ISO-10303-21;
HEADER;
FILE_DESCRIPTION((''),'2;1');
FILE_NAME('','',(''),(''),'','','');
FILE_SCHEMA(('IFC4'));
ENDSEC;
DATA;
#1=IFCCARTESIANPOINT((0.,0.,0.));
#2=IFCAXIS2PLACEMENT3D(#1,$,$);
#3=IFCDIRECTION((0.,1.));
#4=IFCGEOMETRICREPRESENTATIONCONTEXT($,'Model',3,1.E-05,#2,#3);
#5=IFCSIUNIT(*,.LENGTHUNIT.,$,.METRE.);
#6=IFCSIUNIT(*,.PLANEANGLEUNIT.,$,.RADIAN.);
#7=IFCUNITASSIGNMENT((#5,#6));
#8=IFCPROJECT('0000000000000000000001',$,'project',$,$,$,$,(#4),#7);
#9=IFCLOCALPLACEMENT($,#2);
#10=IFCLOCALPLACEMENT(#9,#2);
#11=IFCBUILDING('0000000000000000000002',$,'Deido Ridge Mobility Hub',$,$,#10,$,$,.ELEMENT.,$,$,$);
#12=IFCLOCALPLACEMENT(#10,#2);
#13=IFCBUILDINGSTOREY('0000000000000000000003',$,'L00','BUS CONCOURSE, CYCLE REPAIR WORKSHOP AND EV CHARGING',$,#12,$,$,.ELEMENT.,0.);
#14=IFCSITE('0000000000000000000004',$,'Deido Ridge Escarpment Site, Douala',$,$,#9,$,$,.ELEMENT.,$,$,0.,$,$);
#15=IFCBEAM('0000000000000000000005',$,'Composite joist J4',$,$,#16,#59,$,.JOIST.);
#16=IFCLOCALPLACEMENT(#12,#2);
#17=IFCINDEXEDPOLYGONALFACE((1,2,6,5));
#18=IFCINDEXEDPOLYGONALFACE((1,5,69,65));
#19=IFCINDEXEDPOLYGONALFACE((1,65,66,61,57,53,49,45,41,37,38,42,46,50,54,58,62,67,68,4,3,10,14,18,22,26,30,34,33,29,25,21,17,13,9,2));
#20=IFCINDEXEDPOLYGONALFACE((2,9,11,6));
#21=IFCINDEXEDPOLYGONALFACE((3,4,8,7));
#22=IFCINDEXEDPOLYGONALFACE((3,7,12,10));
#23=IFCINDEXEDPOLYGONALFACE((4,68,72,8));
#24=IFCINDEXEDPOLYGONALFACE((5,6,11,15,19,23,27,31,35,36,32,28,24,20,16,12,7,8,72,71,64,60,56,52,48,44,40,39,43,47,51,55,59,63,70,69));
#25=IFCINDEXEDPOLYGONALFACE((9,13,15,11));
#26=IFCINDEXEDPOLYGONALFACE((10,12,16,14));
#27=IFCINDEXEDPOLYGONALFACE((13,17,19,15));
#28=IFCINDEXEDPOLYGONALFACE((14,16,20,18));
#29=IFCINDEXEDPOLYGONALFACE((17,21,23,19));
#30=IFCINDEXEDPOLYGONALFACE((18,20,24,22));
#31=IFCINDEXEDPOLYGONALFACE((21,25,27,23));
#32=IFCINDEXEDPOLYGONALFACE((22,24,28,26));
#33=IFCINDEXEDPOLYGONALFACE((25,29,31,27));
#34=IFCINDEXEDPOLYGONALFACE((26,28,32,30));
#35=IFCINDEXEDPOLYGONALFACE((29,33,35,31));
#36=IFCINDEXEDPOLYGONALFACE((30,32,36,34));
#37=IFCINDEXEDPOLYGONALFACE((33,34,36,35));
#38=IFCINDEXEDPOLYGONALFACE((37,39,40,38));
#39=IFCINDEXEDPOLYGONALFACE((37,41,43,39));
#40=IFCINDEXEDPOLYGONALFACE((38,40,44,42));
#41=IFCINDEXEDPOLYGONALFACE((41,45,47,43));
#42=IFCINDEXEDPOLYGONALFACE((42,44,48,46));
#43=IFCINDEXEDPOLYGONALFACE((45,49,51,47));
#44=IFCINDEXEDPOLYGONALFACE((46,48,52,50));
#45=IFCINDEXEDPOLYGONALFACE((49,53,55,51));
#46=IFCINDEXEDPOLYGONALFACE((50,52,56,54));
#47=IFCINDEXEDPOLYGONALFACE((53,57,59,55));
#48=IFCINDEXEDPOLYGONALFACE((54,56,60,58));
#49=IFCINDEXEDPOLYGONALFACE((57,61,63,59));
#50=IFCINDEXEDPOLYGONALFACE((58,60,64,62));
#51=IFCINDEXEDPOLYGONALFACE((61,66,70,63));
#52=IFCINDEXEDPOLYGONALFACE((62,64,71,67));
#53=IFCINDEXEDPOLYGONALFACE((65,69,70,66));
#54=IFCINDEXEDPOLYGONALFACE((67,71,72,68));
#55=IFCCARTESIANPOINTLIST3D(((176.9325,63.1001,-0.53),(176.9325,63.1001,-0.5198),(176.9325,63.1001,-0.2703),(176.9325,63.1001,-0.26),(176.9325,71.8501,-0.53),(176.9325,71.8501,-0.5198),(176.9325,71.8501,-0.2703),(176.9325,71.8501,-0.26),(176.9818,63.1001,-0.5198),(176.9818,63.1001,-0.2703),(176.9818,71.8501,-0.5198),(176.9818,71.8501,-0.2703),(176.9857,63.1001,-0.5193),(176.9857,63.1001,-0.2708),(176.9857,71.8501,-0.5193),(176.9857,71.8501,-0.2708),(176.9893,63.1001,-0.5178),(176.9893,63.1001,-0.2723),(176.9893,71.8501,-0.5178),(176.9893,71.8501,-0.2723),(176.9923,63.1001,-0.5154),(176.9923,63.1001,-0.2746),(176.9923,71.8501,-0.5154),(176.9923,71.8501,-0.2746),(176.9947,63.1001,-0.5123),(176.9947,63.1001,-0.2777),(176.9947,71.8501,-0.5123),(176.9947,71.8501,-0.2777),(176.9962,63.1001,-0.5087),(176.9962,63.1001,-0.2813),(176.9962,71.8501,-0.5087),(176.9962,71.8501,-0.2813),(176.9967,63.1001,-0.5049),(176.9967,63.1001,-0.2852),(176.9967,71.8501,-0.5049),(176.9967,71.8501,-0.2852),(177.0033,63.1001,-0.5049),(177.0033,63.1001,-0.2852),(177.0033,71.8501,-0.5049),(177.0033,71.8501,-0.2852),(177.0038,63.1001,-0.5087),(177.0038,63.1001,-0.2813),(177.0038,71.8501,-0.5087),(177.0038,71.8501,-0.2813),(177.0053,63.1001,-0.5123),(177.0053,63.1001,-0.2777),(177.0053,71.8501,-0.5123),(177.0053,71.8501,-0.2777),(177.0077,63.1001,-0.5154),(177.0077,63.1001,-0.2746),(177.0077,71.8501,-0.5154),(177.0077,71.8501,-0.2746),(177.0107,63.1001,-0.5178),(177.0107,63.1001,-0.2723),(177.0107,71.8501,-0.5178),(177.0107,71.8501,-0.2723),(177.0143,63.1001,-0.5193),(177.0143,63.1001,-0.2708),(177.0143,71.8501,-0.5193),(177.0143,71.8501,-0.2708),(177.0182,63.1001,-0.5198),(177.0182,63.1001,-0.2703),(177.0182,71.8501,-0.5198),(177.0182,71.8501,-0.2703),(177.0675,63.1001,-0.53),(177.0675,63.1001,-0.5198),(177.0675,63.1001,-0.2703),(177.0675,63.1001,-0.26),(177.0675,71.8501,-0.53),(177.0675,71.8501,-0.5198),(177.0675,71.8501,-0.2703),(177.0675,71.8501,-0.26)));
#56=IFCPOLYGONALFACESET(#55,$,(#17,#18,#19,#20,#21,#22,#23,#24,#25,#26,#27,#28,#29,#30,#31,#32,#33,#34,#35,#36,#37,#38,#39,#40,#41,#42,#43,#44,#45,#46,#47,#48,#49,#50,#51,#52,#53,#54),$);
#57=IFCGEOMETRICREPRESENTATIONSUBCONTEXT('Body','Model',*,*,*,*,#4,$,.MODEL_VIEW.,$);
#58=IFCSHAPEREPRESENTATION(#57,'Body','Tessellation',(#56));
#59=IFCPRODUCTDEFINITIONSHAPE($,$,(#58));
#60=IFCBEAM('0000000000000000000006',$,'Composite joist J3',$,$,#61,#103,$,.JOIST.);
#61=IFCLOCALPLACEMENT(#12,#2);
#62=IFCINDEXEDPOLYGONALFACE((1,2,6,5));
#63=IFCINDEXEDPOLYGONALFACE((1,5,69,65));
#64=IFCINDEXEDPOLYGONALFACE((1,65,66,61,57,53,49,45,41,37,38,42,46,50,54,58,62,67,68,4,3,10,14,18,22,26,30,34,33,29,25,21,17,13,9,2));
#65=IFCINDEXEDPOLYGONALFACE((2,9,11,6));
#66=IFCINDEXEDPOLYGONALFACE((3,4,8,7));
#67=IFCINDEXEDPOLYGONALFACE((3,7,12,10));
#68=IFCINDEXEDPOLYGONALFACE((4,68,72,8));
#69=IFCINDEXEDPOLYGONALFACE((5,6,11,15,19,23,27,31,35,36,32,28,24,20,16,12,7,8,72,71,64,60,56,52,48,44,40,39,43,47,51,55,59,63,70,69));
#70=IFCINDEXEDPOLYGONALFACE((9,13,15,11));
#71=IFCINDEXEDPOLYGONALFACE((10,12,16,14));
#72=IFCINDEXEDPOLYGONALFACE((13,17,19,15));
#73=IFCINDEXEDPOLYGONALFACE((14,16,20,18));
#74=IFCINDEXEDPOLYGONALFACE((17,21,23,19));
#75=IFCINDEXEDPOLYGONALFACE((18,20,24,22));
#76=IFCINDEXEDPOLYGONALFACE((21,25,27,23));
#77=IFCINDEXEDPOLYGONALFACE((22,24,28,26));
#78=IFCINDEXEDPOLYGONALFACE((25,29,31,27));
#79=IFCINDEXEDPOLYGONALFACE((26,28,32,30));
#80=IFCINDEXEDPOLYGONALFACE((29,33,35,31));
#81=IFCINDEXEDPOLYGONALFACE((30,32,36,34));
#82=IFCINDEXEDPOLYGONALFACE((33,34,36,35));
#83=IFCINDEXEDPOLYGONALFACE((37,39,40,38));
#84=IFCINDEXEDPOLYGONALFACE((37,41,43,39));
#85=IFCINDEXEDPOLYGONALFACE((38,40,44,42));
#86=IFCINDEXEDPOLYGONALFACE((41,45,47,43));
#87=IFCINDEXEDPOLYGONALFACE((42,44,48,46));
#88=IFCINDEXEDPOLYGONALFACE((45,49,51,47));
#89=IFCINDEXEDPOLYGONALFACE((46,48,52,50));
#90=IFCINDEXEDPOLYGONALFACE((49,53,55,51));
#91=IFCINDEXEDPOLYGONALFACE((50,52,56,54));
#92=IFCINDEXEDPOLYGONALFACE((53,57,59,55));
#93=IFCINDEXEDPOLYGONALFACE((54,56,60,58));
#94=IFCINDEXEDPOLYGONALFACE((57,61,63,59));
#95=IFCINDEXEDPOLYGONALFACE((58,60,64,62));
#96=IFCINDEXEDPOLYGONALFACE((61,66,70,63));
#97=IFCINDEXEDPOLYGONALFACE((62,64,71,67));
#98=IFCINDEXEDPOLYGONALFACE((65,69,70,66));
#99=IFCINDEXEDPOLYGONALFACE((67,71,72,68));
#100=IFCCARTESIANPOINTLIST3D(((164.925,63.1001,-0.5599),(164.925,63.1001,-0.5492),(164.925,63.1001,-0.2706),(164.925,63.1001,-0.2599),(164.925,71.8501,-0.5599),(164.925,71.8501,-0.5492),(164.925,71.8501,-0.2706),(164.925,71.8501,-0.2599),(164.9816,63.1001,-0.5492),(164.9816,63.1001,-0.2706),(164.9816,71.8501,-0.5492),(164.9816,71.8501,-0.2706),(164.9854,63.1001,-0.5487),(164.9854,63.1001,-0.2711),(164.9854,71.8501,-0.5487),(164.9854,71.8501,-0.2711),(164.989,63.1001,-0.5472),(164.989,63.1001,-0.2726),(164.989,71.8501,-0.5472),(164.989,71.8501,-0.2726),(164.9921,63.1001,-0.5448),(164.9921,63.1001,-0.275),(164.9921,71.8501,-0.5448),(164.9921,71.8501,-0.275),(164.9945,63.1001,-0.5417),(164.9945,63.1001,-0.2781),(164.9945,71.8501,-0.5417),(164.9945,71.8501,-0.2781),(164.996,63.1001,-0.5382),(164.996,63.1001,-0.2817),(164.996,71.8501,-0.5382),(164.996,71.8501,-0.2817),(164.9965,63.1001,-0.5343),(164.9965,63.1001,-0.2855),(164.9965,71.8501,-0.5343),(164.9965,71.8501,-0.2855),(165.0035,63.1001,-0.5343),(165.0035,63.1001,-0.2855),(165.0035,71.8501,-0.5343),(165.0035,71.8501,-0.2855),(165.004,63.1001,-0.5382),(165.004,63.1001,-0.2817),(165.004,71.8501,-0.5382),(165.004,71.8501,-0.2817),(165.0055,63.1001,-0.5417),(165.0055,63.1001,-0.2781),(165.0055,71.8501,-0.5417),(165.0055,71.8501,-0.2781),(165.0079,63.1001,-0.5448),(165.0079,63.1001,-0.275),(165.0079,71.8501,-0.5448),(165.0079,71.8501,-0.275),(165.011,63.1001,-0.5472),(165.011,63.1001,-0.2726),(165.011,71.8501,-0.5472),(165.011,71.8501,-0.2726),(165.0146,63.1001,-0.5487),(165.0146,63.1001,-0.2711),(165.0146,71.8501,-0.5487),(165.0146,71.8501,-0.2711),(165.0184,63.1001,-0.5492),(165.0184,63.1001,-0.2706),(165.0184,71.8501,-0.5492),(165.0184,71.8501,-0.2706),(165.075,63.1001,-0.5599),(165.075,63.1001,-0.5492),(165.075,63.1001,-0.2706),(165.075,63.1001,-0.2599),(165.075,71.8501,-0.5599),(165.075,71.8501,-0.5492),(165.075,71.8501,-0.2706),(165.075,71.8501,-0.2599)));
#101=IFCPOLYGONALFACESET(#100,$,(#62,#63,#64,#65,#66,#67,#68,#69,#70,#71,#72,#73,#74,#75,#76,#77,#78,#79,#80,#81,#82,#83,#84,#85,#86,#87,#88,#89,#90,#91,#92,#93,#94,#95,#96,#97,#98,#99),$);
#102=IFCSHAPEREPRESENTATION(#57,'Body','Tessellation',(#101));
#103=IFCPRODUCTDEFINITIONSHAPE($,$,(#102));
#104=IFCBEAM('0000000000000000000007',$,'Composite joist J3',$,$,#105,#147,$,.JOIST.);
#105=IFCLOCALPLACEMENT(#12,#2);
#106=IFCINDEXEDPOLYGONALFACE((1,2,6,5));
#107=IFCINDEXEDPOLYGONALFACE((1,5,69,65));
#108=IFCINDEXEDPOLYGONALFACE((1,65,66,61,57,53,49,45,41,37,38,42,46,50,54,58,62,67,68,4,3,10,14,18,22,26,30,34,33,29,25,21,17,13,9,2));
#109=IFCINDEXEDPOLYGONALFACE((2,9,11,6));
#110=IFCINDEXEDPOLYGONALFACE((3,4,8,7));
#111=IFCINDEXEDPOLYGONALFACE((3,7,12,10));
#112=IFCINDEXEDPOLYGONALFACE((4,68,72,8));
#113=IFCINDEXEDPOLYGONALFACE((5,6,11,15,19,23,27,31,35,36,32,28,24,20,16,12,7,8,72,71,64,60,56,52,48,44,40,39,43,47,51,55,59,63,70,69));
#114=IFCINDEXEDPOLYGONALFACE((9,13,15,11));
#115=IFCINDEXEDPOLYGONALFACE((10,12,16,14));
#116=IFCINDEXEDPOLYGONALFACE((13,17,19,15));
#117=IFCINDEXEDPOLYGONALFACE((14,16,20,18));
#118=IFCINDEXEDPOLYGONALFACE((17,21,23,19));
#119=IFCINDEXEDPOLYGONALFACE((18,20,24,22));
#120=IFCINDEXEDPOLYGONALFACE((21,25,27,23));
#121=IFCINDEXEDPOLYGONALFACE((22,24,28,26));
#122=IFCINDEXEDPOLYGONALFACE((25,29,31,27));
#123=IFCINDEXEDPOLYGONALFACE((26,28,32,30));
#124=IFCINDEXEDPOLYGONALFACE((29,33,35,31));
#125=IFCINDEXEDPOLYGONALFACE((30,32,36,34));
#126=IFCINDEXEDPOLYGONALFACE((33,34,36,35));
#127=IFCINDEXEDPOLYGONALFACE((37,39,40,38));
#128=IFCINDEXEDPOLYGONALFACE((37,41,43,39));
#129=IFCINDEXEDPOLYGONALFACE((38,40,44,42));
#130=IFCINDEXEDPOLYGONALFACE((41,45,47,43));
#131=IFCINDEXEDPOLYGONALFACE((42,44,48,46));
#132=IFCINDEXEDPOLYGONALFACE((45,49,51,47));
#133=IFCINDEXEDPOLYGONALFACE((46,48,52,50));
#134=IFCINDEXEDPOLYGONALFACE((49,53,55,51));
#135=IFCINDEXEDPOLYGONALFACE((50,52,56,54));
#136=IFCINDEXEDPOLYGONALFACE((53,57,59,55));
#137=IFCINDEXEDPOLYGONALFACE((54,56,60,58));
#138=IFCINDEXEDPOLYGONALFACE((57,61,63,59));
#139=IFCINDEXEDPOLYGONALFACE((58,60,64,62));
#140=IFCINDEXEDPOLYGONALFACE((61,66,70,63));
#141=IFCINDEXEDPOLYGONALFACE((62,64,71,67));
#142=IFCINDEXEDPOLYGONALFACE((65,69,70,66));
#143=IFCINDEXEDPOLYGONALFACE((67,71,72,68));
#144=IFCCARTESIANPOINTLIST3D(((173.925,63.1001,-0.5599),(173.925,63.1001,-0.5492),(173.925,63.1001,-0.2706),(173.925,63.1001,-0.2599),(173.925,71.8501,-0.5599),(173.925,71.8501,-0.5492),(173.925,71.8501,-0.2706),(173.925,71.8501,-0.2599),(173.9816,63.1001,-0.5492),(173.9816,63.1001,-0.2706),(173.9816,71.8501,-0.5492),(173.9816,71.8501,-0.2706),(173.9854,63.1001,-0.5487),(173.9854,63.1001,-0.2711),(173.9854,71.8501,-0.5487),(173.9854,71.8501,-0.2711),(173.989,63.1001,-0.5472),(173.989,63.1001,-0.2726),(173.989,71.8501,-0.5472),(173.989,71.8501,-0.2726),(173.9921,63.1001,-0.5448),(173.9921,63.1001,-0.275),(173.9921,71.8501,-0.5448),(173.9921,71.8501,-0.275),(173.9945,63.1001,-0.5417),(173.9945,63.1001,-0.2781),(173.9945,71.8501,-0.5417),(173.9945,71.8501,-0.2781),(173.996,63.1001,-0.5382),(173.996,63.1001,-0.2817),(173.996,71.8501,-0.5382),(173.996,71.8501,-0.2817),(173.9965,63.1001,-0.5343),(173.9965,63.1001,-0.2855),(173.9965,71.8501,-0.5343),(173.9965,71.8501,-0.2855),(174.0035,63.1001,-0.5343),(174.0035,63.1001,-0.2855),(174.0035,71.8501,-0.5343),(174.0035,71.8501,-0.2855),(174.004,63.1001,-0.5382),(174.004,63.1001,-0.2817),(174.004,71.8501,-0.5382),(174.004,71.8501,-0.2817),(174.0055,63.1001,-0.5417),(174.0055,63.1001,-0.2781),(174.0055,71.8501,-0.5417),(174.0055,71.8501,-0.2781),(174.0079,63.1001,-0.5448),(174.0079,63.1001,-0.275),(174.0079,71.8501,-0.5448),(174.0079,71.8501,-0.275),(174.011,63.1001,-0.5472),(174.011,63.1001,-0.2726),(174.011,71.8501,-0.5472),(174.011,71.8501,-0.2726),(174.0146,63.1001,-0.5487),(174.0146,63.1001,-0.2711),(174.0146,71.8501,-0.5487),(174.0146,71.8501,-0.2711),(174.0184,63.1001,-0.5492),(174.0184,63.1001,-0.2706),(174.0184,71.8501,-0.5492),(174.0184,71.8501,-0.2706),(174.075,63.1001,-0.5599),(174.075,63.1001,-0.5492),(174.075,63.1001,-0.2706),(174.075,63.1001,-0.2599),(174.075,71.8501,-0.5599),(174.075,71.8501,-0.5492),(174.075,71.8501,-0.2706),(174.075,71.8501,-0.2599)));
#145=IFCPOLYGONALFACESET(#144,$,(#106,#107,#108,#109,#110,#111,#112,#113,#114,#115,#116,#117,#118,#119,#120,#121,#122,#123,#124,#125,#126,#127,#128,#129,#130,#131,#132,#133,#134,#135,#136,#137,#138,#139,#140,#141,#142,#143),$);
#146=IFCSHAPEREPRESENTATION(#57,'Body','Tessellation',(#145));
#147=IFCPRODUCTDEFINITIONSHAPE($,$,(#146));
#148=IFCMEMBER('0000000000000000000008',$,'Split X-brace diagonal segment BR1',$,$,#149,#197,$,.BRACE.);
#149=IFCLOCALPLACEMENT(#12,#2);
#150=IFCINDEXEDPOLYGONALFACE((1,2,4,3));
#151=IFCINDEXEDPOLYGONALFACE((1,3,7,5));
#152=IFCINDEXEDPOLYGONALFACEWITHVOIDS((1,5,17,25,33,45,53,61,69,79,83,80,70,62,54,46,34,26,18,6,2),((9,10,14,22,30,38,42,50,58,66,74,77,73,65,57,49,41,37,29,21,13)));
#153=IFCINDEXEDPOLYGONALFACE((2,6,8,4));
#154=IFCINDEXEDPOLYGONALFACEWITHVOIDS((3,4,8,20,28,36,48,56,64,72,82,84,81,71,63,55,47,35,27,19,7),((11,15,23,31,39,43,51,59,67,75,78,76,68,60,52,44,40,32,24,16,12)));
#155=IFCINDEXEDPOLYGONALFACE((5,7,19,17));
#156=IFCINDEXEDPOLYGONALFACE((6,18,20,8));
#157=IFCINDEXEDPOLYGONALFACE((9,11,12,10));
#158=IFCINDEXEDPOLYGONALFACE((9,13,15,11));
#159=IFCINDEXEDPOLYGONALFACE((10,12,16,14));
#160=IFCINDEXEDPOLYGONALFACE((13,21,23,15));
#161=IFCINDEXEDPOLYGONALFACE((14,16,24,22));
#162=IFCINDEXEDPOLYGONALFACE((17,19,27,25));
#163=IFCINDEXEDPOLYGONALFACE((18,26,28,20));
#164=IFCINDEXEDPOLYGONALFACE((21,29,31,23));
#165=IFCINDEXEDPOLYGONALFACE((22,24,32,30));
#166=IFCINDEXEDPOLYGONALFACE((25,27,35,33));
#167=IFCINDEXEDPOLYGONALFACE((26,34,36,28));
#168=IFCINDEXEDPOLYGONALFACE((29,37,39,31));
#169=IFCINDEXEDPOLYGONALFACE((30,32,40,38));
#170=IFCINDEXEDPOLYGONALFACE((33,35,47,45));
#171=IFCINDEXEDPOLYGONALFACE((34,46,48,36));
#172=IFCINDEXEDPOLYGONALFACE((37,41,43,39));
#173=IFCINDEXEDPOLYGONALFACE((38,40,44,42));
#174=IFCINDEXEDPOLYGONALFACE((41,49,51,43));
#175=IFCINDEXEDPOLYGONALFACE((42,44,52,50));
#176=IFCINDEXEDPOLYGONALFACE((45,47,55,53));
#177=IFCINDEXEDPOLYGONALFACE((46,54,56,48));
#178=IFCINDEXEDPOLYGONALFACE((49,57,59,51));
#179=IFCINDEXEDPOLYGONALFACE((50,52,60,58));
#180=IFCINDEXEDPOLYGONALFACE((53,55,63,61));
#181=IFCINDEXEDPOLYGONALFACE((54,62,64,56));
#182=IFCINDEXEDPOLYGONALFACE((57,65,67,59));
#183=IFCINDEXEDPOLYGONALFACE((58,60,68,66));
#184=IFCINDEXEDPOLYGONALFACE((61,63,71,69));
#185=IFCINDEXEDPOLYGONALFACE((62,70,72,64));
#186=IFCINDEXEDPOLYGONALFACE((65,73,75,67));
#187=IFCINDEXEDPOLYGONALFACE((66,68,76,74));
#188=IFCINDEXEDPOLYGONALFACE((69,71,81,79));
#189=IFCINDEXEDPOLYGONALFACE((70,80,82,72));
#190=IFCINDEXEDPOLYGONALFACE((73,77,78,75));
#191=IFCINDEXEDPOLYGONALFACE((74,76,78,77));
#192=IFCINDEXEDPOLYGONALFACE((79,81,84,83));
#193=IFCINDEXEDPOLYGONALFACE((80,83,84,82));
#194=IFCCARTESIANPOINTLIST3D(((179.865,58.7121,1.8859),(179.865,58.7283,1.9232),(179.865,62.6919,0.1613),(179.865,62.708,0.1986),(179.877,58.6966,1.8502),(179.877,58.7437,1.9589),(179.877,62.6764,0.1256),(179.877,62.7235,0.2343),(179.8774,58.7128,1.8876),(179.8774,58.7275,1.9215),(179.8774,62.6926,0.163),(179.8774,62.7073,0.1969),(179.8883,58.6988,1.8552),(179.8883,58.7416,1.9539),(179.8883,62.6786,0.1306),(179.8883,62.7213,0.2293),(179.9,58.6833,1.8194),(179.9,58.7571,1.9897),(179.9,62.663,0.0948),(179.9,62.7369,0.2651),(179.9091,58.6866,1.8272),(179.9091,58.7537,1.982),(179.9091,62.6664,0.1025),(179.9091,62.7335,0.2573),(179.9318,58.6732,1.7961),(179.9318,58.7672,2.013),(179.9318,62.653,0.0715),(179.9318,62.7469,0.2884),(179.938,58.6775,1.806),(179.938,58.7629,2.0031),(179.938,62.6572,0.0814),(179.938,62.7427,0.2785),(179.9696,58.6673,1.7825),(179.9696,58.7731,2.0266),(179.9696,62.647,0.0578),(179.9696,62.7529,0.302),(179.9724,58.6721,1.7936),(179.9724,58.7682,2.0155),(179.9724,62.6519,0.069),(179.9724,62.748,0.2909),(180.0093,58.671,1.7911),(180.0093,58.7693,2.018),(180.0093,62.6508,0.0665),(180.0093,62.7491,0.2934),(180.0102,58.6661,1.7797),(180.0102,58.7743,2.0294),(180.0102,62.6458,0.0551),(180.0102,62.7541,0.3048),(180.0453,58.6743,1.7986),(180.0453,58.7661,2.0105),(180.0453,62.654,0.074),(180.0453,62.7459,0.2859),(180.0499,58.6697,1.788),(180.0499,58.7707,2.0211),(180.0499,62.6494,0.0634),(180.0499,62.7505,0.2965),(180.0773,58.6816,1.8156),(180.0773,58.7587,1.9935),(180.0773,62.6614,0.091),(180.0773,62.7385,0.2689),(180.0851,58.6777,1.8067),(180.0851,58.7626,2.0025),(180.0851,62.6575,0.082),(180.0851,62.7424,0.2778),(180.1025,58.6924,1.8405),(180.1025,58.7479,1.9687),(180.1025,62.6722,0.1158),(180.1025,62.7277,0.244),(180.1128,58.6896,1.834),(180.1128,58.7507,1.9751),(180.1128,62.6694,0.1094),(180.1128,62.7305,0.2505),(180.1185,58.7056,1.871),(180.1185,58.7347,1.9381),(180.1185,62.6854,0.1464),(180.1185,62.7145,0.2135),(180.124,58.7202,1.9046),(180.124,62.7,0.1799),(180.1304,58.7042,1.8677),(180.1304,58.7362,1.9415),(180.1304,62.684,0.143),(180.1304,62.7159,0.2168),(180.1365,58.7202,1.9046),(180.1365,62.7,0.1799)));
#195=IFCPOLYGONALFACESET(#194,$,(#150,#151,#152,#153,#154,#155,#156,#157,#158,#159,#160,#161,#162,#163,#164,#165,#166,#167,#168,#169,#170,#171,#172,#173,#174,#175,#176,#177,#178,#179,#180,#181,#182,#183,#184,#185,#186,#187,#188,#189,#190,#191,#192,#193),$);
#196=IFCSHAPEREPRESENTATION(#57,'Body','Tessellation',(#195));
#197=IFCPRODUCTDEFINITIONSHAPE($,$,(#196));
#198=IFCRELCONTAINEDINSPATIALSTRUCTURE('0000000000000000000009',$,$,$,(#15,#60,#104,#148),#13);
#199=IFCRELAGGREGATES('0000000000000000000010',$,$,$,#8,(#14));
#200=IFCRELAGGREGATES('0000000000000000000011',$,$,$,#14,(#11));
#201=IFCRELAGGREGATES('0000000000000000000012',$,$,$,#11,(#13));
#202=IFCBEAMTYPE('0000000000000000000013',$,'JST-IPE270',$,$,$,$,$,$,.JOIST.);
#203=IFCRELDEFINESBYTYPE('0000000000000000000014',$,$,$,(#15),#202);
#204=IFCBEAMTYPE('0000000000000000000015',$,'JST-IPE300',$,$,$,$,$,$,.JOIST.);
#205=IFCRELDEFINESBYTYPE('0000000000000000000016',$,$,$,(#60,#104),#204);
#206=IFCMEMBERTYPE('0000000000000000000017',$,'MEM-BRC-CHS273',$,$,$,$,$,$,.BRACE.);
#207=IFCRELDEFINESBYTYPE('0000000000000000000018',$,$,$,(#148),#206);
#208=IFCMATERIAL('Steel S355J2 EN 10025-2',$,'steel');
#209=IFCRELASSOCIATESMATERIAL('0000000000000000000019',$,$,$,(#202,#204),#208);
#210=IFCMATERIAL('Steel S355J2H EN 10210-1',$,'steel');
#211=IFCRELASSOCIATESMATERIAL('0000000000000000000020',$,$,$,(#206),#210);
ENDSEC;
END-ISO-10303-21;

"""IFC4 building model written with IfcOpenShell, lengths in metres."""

from ifc_helpers import new_model, si_unit, direction, frame, origin, origin_2d, place, context, subcontext, project, spatial, hollow_circle, i_section, extrude, material, material_profile, profile_set, type_object, element, save


model = new_model("IFC4")

# Units and contexts
model_context = context("Model", 3, precision=1e-05, world=origin(), true_north=direction((0.0, 1.0)))
body_context = subcontext(model_context, "Body", "Model", "MODEL_VIEW")
ifc_project = project(units=[si_unit("LENGTHUNIT", "METRE"), si_unit("PLANEANGLEUNIT", "RADIAN")], contexts=[model_context])

# Site, building, storey
site_placement = place(None, origin())
site = spatial("IfcSite", under=ifc_project, at=site_placement, Name="Deido Ridge Escarpment Site, Douala", CompositionType="ELEMENT", RefElevation=0.0)
building_placement = place(site_placement, origin())
building = spatial("IfcBuilding", under=site, at=building_placement, Name="Deido Ridge Mobility Hub", CompositionType="ELEMENT")
storey_placement = place(building_placement, origin())
storey = spatial("IfcBuildingStorey", under=building, at=storey_placement, Name="L00", Description="BUS CONCOURSE, CYCLE REPAIR WORKSHOP AND EV CHARGING", CompositionType="ELEMENT", Elevation=0.0)

# Shared definitions
ifc_material_1 = material(Name="Steel S355J2 EN 10025-2", Category="steel")

# Beams
ifc_material_profile_1 = material_profile(ifc_material_1, i_section(OverallWidth=0.135, OverallDepth=0.27, WebThickness=0.0066, FlangeThickness=0.0103, FilletRadius=0.0149, at=origin_2d()), Name="IPE 270")
ifc_profile_set_1 = profile_set([ifc_material_profile_1], Name="Steel S355J2 EN 10025-2")
beam_type_1 = type_object("IfcBeamType", Name="JST-IPE270", PredefinedType="JOIST", material=ifc_profile_set_1)
for number, where, z_axis, x_axis, name in (
    (1, (177.0, 63.1001, -0.395), (0.0, 1.0, 0.0), (-1.0, 0.0, 0.0), "Composite joist J4"),
):
    element("IfcBeam", number, at=place(storey_placement, frame(where, z_axis=z_axis, x_axis=x_axis)), inside=storey, type_object=beam_type_1, Name=name, PredefinedType="JOIST", context=body_context, shape_type="SweptSolid", body=[
        extrude(i_section(OverallWidth=0.135, OverallDepth=0.27, WebThickness=0.0066, FlangeThickness=0.0103, FilletRadius=0.0149, at=origin_2d()), origin(), (0.0, 0.0, 1.0), 8.75),
    ])
ifc_material_profile_2 = material_profile(ifc_material_1, i_section(OverallWidth=0.1499, OverallDepth=0.3, WebThickness=0.0071, FlangeThickness=0.0107, FilletRadius=0.0149, at=origin_2d()), Name="IPE 300")
ifc_profile_set_2 = profile_set([ifc_material_profile_2], Name="Steel S355J2 EN 10025-2")
beam_type_2 = type_object("IfcBeamType", Name="JST-IPE300", PredefinedType="JOIST", material=ifc_profile_set_2)
for number, where, z_axis, x_axis, name in (
    (2, (165.0, 63.1001, -0.4099), (0.0, 1.0, 0.0), (-1.0, 0.0, 0.0), "Composite joist J3"),
    (3, (174.0, 63.1001, -0.4099), (0.0, 1.0, 0.0), (-1.0, 0.0, 0.0), "Composite joist J3"),
):
    element("IfcBeam", number, at=place(storey_placement, frame(where, z_axis=z_axis, x_axis=x_axis)), inside=storey, type_object=beam_type_2, Name=name, PredefinedType="JOIST", context=body_context, shape_type="SweptSolid", body=[
        extrude(i_section(OverallWidth=0.1499, OverallDepth=0.3, WebThickness=0.0071, FlangeThickness=0.0107, FilletRadius=0.0149, at=origin_2d()), origin(), (0.0, 0.0, 1.0), 8.75),
    ])

# Member
ifc_material_2 = material(Name="Steel S355J2H EN 10210-1", Category="steel")
ifc_material_profile_3 = material_profile(ifc_material_2, hollow_circle(Radius=0.1365, WallThickness=0.0125, at=origin_2d()), Name="CHS 273x12.5")
ifc_profile_set_3 = profile_set([ifc_material_profile_3], Name="Steel S355J2H EN 10210-1")
member_type = type_object("IfcMemberType", Name="MEM-BRC-CHS273", PredefinedType="BRACE", material=ifc_profile_set_3)
member_placement = place(storey_placement, frame((180.0, 62.7, 0.1799), z_axis=(0.0, -0.917551, 0.397618), x_axis=(1.0, 0.0, 0.0)))
element("IfcMember", 4, at=member_placement, inside=storey, type_object=member_type, Name="Split X-brace diagonal segment BR1", PredefinedType="BRACE", context=body_context, shape_type="SweptSolid", body=[
    extrude(hollow_circle(Radius=0.1365, WallThickness=0.0125, at=origin_2d()), origin(), (0.0, 0.0, 1.0), 4.3374),
])

save(model, "model.ifc")
